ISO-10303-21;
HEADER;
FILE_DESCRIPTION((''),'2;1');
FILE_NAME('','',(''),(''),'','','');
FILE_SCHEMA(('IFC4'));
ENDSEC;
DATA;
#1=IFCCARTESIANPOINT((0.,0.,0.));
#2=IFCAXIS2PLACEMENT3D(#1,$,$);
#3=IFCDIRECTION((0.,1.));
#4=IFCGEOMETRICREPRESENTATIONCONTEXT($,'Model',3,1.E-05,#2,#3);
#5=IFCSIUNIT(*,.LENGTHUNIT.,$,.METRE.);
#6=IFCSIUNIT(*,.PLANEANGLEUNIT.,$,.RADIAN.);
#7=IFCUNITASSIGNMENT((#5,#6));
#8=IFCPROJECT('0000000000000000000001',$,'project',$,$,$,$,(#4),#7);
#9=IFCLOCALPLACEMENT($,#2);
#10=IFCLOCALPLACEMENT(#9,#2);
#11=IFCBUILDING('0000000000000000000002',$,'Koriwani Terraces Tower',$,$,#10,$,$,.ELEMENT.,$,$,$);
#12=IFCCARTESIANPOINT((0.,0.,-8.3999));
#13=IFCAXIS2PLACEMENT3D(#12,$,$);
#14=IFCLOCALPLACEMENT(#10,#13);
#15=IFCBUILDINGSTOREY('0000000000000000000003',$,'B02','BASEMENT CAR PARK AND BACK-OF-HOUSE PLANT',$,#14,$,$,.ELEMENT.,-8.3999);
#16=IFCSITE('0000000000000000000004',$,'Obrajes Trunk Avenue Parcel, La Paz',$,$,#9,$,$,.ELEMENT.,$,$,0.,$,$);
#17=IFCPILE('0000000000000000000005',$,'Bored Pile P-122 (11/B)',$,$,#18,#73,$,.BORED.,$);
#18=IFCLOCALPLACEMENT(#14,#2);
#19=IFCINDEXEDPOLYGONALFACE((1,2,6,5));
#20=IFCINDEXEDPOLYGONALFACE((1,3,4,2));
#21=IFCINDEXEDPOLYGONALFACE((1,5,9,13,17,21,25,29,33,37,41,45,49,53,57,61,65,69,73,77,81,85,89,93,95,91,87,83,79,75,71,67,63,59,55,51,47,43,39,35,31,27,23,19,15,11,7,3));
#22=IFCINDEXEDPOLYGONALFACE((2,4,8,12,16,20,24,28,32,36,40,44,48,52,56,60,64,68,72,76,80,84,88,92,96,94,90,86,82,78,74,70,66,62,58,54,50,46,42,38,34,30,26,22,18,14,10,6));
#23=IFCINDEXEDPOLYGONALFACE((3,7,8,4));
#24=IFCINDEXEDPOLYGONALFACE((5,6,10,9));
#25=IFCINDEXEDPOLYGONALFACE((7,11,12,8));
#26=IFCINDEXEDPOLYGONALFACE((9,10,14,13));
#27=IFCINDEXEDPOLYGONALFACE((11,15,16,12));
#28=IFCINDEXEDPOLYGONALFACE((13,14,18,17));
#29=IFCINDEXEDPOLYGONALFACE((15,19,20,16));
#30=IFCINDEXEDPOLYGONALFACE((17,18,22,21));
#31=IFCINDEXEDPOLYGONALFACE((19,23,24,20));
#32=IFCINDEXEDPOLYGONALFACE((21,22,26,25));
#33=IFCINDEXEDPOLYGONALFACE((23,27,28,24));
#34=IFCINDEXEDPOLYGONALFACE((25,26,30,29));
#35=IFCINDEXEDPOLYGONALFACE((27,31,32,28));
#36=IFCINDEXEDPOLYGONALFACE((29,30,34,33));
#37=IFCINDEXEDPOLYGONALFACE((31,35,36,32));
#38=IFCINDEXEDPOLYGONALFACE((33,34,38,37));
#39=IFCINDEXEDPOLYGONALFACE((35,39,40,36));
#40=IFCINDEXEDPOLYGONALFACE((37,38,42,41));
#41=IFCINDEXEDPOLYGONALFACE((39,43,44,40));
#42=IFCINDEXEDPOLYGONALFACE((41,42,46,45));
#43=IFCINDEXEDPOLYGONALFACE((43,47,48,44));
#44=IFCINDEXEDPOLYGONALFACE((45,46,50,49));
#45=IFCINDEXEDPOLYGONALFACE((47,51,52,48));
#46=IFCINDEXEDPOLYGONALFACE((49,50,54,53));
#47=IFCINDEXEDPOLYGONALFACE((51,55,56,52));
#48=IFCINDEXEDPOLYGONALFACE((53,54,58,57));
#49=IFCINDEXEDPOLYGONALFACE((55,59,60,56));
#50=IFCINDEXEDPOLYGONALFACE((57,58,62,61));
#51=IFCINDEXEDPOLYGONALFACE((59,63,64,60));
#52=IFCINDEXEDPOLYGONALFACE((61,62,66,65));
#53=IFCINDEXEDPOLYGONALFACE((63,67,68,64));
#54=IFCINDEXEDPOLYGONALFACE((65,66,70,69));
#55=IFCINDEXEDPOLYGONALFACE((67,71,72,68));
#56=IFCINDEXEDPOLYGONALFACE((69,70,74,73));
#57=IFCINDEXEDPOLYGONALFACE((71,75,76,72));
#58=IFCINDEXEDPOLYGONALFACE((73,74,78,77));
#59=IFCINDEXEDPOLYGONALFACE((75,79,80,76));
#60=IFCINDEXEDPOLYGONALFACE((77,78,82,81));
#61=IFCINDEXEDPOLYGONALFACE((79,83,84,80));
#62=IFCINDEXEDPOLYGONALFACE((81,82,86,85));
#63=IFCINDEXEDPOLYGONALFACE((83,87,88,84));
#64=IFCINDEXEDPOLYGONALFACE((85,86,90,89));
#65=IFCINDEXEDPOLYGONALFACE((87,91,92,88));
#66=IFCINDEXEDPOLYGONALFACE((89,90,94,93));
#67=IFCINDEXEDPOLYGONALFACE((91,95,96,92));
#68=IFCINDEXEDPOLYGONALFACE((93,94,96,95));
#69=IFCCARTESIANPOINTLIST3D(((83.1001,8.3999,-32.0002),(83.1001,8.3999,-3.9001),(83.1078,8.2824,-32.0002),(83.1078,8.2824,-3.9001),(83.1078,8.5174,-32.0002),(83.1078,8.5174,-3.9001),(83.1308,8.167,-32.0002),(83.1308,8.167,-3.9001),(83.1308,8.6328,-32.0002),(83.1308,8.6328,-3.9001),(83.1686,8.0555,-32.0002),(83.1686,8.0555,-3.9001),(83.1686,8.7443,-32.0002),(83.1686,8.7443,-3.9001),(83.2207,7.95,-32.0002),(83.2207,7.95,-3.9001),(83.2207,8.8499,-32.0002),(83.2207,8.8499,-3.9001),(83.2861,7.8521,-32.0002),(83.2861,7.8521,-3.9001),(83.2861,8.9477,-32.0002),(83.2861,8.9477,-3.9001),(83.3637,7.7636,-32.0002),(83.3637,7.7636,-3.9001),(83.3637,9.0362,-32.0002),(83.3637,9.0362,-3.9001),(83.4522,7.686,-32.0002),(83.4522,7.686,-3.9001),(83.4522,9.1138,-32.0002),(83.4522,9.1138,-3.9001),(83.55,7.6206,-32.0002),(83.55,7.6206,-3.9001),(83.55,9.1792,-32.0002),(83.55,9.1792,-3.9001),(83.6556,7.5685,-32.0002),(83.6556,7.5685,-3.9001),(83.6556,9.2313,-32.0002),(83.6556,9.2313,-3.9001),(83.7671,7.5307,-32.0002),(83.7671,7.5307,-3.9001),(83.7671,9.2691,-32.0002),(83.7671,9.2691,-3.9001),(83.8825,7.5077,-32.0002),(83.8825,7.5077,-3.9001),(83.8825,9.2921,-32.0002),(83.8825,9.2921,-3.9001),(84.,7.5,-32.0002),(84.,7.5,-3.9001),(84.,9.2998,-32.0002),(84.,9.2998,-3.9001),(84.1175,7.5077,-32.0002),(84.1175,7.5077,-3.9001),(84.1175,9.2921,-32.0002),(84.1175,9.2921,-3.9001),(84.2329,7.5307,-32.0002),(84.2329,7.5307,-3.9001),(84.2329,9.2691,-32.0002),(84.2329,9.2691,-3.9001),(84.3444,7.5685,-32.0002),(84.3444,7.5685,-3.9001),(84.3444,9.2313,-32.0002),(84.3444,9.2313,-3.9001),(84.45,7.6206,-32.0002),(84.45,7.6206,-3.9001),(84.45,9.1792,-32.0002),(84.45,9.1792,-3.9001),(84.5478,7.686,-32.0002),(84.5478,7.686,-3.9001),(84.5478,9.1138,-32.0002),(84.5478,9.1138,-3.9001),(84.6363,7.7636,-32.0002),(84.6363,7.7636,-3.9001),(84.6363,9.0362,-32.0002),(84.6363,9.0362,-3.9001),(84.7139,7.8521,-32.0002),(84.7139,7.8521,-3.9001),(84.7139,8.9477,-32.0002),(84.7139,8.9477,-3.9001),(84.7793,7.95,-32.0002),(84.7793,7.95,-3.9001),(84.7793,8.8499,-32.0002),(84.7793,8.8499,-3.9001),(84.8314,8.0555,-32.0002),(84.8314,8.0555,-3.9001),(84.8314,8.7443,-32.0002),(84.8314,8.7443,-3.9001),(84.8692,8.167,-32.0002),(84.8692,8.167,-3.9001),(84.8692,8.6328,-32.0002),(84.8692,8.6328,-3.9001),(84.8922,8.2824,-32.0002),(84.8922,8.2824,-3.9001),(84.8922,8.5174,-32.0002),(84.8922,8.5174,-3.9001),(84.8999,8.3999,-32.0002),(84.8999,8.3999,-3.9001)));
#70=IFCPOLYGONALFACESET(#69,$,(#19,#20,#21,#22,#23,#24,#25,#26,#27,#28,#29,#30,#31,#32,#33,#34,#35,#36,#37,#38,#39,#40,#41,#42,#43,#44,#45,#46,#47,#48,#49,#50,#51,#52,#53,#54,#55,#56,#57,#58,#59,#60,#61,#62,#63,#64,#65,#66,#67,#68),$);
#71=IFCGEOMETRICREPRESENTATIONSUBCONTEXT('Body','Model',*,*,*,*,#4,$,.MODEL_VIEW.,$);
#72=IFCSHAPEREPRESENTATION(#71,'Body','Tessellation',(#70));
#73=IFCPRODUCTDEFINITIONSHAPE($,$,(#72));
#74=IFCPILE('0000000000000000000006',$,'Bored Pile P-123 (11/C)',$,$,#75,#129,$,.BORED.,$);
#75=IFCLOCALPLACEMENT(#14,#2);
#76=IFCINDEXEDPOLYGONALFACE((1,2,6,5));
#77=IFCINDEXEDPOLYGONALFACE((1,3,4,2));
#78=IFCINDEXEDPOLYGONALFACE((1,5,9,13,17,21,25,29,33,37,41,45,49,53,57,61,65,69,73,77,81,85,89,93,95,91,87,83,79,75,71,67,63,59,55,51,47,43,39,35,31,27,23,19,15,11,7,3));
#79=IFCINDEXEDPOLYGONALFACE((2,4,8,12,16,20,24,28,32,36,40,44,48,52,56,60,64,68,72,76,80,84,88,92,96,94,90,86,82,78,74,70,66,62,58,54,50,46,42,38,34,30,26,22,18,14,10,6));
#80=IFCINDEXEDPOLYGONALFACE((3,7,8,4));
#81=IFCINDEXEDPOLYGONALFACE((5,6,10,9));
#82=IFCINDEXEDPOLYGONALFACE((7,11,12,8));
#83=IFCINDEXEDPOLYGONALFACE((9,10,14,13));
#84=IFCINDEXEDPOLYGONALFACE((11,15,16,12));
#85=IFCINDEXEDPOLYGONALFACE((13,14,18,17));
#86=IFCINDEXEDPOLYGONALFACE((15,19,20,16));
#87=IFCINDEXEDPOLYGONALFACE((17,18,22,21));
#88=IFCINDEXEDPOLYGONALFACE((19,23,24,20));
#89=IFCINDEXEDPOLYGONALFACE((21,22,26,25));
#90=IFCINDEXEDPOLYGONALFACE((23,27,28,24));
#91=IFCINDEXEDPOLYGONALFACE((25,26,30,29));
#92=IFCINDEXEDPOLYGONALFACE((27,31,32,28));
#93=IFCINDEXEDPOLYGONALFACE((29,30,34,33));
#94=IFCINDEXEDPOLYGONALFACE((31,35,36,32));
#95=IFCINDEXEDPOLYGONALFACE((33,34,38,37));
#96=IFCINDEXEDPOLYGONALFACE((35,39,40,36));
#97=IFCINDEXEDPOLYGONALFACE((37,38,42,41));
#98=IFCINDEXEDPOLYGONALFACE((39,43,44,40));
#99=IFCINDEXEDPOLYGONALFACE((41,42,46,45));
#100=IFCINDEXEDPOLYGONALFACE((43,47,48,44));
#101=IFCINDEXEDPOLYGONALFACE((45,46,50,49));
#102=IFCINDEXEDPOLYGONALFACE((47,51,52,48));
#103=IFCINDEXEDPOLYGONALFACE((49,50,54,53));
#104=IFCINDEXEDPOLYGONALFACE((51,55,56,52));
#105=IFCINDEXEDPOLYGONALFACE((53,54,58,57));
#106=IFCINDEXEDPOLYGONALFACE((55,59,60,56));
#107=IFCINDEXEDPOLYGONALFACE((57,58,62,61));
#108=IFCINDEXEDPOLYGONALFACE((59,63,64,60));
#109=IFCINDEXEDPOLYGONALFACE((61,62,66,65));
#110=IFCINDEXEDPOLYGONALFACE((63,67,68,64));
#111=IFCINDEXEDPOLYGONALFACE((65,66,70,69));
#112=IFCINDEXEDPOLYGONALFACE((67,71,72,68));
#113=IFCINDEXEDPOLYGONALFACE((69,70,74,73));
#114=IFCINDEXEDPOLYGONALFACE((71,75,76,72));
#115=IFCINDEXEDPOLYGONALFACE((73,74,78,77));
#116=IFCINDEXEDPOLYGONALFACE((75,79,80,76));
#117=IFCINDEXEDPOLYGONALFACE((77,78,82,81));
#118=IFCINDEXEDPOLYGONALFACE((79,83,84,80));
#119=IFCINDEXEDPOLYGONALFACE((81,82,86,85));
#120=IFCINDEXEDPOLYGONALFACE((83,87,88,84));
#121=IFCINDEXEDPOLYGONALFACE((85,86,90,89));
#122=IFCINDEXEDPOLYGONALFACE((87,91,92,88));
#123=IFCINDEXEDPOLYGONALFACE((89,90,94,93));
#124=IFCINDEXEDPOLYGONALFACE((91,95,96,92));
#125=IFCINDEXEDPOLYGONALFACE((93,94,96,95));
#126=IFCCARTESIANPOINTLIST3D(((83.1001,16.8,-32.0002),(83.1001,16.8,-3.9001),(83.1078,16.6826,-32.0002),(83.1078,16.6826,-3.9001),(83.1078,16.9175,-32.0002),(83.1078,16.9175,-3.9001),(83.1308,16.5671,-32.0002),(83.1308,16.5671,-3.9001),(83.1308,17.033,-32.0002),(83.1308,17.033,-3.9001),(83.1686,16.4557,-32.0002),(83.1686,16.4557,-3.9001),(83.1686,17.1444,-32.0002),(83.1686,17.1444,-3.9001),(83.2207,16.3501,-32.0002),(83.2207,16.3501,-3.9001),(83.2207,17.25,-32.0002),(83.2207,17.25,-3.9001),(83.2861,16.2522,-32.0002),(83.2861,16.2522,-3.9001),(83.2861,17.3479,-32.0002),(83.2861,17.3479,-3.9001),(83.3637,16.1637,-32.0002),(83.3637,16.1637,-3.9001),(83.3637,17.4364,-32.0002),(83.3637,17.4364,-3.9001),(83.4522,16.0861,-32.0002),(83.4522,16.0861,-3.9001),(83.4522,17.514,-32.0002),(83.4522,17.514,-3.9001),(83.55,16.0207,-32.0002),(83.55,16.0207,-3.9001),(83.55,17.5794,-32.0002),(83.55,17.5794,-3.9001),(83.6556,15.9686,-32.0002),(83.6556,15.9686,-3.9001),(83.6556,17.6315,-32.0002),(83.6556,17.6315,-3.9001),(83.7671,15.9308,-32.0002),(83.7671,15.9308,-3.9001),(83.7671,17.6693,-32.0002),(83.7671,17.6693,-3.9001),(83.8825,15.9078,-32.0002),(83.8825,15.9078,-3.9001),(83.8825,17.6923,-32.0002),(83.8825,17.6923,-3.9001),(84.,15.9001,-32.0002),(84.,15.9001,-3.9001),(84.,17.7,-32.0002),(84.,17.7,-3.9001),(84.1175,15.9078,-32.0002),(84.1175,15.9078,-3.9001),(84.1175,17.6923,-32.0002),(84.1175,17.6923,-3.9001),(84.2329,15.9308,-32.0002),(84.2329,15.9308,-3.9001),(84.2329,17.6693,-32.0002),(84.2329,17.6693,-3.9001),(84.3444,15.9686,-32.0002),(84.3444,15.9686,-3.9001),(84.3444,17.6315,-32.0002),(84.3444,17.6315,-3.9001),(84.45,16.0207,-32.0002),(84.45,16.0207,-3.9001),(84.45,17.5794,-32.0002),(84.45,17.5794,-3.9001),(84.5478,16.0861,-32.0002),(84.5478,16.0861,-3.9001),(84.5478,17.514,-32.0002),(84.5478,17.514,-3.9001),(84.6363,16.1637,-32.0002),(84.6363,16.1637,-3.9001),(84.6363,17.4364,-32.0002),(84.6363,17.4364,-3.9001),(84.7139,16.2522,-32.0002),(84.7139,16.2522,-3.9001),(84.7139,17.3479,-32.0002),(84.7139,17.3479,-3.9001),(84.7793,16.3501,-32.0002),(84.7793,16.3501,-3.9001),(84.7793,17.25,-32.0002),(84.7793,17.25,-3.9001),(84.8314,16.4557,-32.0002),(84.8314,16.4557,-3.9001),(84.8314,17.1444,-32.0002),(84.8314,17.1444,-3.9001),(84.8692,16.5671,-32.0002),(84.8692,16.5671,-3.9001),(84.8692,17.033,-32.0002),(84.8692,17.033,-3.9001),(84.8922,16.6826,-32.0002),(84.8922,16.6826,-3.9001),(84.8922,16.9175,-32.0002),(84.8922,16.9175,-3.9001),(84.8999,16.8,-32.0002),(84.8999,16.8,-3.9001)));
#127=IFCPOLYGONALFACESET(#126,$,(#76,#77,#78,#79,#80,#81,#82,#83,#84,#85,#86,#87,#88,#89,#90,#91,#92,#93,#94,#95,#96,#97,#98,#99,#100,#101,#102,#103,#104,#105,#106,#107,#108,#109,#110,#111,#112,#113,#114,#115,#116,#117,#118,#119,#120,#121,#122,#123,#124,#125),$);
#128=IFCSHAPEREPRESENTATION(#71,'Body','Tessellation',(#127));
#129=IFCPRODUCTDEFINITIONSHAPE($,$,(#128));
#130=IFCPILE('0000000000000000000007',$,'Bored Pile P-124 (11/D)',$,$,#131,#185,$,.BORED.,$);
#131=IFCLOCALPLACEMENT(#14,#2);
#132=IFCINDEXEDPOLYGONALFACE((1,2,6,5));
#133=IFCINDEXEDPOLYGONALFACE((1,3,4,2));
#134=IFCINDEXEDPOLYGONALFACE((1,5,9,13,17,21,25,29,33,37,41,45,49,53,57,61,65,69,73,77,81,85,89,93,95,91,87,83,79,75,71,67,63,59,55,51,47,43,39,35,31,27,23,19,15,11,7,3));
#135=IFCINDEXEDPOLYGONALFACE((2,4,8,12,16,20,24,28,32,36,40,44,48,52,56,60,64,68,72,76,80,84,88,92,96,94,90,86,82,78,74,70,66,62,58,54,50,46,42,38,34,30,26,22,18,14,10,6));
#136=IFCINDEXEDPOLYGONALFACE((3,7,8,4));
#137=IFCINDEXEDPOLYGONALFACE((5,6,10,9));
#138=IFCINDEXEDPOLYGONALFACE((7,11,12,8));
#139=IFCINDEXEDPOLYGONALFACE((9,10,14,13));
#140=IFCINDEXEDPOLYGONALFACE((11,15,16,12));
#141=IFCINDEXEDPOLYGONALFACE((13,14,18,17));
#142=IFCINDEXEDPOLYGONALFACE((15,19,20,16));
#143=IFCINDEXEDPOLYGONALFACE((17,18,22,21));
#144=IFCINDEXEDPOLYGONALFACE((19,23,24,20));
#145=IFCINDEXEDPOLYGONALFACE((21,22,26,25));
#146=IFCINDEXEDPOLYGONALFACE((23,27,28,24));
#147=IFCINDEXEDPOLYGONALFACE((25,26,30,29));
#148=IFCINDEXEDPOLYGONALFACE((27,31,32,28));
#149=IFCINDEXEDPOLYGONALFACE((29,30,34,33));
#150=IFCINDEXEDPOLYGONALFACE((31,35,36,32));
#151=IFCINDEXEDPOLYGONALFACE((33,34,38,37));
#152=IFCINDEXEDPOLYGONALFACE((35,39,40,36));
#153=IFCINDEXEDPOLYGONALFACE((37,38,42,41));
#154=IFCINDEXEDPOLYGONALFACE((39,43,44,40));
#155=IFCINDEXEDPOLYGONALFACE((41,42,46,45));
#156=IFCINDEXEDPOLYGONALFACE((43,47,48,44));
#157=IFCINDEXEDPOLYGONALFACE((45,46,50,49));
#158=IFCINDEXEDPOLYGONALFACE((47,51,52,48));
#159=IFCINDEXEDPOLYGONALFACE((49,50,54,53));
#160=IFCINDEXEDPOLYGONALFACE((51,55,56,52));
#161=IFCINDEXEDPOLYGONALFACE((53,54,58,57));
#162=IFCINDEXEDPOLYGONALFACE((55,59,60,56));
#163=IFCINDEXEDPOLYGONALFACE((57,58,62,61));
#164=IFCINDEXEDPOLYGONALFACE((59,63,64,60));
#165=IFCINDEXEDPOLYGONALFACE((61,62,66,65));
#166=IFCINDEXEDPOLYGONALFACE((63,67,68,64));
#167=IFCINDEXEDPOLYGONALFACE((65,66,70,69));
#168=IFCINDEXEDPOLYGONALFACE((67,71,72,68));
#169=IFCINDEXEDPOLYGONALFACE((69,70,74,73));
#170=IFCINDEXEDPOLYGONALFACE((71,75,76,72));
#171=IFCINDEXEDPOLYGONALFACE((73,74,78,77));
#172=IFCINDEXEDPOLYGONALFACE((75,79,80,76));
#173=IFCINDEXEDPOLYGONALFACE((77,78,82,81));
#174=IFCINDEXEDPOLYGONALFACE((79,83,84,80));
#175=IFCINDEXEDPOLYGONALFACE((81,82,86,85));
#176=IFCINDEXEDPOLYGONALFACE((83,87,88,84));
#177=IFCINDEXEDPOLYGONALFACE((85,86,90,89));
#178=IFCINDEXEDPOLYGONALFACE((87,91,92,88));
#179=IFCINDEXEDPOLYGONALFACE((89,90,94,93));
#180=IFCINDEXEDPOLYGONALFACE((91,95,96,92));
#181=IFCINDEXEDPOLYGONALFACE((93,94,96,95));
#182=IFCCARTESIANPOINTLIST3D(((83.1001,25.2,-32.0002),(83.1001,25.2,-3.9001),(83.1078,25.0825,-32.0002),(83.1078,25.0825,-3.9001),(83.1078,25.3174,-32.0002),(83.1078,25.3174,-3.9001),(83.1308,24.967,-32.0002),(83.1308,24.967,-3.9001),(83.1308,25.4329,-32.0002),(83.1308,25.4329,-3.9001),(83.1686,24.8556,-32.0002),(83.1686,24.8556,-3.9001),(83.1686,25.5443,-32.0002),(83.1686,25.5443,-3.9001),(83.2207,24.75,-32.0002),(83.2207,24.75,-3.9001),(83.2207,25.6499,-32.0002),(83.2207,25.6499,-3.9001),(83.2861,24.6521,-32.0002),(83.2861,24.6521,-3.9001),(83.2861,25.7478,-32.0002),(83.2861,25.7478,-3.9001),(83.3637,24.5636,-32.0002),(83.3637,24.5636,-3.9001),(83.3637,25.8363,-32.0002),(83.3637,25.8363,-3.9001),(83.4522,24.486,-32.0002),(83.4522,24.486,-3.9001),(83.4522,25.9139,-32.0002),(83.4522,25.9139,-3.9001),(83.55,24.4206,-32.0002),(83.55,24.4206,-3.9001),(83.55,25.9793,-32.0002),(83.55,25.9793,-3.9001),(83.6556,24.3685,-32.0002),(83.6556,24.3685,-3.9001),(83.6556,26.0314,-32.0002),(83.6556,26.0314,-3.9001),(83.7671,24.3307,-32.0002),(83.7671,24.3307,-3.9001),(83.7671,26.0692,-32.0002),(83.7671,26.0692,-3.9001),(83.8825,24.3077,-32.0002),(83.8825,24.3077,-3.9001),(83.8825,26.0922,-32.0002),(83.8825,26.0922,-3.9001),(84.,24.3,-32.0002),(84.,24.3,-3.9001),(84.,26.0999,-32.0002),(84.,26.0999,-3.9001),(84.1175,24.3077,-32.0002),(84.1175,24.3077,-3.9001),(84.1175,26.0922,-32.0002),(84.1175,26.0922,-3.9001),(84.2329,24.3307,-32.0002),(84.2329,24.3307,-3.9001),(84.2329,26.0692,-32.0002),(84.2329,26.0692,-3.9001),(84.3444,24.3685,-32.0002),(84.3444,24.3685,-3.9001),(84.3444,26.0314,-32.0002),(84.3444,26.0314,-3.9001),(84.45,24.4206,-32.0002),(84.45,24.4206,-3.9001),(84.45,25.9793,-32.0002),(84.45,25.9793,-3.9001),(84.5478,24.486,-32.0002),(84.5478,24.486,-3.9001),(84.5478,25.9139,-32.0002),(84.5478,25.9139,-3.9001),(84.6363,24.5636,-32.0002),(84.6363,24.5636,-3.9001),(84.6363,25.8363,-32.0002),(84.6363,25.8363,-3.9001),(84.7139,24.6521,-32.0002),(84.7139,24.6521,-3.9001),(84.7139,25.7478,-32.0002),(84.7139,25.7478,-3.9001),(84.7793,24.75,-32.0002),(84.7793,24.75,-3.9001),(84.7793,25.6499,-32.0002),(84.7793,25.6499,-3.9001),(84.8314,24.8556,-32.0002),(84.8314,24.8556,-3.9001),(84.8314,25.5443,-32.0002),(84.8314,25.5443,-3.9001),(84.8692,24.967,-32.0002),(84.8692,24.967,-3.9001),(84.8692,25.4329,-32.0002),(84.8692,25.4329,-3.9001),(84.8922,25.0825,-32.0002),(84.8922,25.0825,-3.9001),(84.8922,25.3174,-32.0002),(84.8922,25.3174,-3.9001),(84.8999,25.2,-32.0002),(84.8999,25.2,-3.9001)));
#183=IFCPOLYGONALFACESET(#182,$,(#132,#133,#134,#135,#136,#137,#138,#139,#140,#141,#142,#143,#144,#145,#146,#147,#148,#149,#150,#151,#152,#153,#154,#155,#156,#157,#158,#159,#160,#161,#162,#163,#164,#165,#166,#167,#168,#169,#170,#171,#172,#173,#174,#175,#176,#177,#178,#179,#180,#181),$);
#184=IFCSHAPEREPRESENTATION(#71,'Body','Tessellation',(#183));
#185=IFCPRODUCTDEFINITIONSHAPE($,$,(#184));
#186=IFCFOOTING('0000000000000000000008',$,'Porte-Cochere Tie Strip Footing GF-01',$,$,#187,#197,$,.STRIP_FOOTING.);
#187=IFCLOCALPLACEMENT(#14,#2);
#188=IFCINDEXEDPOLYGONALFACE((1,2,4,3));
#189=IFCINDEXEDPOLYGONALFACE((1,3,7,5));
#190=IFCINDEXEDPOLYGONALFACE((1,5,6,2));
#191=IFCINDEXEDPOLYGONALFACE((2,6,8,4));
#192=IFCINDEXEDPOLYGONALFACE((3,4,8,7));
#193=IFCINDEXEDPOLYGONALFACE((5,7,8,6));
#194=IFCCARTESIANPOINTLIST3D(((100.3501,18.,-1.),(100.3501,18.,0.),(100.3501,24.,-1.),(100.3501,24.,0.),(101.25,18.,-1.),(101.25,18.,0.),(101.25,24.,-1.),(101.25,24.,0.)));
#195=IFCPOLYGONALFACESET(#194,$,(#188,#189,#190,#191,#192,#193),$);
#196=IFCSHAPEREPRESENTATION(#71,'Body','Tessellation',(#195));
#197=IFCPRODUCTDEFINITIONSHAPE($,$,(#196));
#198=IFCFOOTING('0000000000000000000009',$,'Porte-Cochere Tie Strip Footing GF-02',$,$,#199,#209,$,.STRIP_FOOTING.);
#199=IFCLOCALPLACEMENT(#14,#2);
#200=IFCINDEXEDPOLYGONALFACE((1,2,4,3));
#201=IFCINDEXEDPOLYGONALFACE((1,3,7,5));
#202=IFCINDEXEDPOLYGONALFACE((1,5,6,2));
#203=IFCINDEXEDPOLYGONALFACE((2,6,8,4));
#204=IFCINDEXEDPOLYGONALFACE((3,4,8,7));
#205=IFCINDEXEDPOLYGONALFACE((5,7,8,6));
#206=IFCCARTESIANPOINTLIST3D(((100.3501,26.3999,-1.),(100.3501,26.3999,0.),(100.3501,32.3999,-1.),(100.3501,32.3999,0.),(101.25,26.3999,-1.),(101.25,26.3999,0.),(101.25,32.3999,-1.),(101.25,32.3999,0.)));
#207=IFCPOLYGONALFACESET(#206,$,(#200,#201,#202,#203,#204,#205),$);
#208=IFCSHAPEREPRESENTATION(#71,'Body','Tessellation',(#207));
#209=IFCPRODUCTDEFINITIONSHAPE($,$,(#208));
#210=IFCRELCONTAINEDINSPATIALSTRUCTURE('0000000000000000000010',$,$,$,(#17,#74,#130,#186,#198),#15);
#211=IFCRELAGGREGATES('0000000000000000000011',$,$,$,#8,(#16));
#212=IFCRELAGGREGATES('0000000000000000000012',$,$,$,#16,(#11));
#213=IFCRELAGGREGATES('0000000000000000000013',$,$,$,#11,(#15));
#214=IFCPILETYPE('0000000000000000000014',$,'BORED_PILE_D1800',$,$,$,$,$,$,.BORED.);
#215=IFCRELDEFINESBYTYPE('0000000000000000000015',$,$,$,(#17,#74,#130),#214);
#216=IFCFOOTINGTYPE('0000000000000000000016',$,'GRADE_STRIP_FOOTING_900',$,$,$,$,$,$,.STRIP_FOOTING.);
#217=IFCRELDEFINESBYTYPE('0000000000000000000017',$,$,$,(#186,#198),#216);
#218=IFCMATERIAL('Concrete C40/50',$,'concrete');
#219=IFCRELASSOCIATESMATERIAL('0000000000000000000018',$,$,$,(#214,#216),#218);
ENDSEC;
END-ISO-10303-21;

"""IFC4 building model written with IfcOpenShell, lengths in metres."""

from ifc_helpers import new_model, si_unit, direction, frame, origin, origin_2d, place, context, subcontext, project, spatial, rectangle, circle, extrude, material, material_profile, profile_set, type_object, element, save


model = new_model("IFC4")

# Units and contexts
model_context = context("Model", 3, precision=1e-05, world=origin(), true_north=direction((0.0, 1.0)))
body_context = subcontext(model_context, "Body", "Model", "MODEL_VIEW")
ifc_project = project(units=[si_unit("LENGTHUNIT", "METRE"), si_unit("PLANEANGLEUNIT", "RADIAN")], contexts=[model_context])

# Site, building, storey
site_placement = place(None, origin())
site = spatial("IfcSite", under=ifc_project, at=site_placement, Name="Obrajes Trunk Avenue Parcel, La Paz", CompositionType="ELEMENT", RefElevation=0.0)
building_placement = place(site_placement, origin())
building = spatial("IfcBuilding", under=site, at=building_placement, Name="Koriwani Terraces Tower", CompositionType="ELEMENT")
storey_placement = place(building_placement, frame((0.0, 0.0, -8.3999)))
storey = spatial("IfcBuildingStorey", under=building, at=storey_placement, Name="B02", Description="BASEMENT CAR PARK AND BACK-OF-HOUSE PLANT", CompositionType="ELEMENT", Elevation=-8.3999)

# Piles
ifc_material_1 = material(Name="Concrete C40/50", Category="concrete")
ifc_material_profile_1 = material_profile(ifc_material_1, circle(Radius=0.8999, at=origin_2d()), Name="Concrete C40/50")
ifc_profile_set_1 = profile_set([ifc_material_profile_1], Name="Concrete C40/50")
pile_type_1 = type_object("IfcPileType", Name="BORED_PILE_D1800", PredefinedType="BORED", material=ifc_profile_set_1)
for number, where, z_axis, x_axis, name in (
    (1, (84.0, 8.3999, -3.9001), (0.0, 0.0, -1.0), (1.0, 0.0, 0.0), "Bored Pile P-122 (11/B)"),
    (2, (84.0, 16.8, -3.9001), (0.0, 0.0, -1.0), (1.0, 0.0, 0.0), "Bored Pile P-123 (11/C)"),
    (3, (84.0, 25.2, -3.9001), (0.0, 0.0, -1.0), (1.0, 0.0, 0.0), "Bored Pile P-124 (11/D)"),
):
    element("IfcPile", number, at=place(storey_placement, frame(where, z_axis=z_axis, x_axis=x_axis)), inside=storey, type_object=pile_type_1, Name=name, PredefinedType="BORED", context=body_context, shape_type="SweptSolid", body=[
        extrude(circle(Radius=0.8999, at=origin_2d()), origin(), (0.0, 0.0, 1.0), 28.1001),
    ])

# Footings
ifc_material_profile_2 = material_profile(ifc_material_1, rectangle(XDim=0.8999, YDim=1.0, at=origin_2d()), Name="Concrete C40/50")
ifc_profile_set_2 = profile_set([ifc_material_profile_2], Name="Concrete C40/50")
footing_type = type_object("IfcFootingType", Name="GRADE_STRIP_FOOTING_900", PredefinedType="STRIP_FOOTING", material=ifc_profile_set_2)
for number, where, z_axis, x_axis, name in (
    (4, (100.8, 18.0, -0.5), (0.0, 1.0, 0.0), (-1.0, 0.0, 0.0), "Porte-Cochere Tie Strip Footing GF-01"),
    (5, (100.8, 26.3999, -0.5), (0.0, 1.0, 0.0), (-1.0, 0.0, 0.0), "Porte-Cochere Tie Strip Footing GF-02"),
):
    element("IfcFooting", number, at=place(storey_placement, frame(where, z_axis=z_axis, x_axis=x_axis)), inside=storey, type_object=footing_type, Name=name, PredefinedType="STRIP_FOOTING", context=body_context, shape_type="SweptSolid", body=[
        extrude(rectangle(XDim=0.8999, YDim=1.0, at=origin_2d()), origin(), (0.0, 0.0, 1.0), 6.0),
    ])

save(model, "model.ifc")
